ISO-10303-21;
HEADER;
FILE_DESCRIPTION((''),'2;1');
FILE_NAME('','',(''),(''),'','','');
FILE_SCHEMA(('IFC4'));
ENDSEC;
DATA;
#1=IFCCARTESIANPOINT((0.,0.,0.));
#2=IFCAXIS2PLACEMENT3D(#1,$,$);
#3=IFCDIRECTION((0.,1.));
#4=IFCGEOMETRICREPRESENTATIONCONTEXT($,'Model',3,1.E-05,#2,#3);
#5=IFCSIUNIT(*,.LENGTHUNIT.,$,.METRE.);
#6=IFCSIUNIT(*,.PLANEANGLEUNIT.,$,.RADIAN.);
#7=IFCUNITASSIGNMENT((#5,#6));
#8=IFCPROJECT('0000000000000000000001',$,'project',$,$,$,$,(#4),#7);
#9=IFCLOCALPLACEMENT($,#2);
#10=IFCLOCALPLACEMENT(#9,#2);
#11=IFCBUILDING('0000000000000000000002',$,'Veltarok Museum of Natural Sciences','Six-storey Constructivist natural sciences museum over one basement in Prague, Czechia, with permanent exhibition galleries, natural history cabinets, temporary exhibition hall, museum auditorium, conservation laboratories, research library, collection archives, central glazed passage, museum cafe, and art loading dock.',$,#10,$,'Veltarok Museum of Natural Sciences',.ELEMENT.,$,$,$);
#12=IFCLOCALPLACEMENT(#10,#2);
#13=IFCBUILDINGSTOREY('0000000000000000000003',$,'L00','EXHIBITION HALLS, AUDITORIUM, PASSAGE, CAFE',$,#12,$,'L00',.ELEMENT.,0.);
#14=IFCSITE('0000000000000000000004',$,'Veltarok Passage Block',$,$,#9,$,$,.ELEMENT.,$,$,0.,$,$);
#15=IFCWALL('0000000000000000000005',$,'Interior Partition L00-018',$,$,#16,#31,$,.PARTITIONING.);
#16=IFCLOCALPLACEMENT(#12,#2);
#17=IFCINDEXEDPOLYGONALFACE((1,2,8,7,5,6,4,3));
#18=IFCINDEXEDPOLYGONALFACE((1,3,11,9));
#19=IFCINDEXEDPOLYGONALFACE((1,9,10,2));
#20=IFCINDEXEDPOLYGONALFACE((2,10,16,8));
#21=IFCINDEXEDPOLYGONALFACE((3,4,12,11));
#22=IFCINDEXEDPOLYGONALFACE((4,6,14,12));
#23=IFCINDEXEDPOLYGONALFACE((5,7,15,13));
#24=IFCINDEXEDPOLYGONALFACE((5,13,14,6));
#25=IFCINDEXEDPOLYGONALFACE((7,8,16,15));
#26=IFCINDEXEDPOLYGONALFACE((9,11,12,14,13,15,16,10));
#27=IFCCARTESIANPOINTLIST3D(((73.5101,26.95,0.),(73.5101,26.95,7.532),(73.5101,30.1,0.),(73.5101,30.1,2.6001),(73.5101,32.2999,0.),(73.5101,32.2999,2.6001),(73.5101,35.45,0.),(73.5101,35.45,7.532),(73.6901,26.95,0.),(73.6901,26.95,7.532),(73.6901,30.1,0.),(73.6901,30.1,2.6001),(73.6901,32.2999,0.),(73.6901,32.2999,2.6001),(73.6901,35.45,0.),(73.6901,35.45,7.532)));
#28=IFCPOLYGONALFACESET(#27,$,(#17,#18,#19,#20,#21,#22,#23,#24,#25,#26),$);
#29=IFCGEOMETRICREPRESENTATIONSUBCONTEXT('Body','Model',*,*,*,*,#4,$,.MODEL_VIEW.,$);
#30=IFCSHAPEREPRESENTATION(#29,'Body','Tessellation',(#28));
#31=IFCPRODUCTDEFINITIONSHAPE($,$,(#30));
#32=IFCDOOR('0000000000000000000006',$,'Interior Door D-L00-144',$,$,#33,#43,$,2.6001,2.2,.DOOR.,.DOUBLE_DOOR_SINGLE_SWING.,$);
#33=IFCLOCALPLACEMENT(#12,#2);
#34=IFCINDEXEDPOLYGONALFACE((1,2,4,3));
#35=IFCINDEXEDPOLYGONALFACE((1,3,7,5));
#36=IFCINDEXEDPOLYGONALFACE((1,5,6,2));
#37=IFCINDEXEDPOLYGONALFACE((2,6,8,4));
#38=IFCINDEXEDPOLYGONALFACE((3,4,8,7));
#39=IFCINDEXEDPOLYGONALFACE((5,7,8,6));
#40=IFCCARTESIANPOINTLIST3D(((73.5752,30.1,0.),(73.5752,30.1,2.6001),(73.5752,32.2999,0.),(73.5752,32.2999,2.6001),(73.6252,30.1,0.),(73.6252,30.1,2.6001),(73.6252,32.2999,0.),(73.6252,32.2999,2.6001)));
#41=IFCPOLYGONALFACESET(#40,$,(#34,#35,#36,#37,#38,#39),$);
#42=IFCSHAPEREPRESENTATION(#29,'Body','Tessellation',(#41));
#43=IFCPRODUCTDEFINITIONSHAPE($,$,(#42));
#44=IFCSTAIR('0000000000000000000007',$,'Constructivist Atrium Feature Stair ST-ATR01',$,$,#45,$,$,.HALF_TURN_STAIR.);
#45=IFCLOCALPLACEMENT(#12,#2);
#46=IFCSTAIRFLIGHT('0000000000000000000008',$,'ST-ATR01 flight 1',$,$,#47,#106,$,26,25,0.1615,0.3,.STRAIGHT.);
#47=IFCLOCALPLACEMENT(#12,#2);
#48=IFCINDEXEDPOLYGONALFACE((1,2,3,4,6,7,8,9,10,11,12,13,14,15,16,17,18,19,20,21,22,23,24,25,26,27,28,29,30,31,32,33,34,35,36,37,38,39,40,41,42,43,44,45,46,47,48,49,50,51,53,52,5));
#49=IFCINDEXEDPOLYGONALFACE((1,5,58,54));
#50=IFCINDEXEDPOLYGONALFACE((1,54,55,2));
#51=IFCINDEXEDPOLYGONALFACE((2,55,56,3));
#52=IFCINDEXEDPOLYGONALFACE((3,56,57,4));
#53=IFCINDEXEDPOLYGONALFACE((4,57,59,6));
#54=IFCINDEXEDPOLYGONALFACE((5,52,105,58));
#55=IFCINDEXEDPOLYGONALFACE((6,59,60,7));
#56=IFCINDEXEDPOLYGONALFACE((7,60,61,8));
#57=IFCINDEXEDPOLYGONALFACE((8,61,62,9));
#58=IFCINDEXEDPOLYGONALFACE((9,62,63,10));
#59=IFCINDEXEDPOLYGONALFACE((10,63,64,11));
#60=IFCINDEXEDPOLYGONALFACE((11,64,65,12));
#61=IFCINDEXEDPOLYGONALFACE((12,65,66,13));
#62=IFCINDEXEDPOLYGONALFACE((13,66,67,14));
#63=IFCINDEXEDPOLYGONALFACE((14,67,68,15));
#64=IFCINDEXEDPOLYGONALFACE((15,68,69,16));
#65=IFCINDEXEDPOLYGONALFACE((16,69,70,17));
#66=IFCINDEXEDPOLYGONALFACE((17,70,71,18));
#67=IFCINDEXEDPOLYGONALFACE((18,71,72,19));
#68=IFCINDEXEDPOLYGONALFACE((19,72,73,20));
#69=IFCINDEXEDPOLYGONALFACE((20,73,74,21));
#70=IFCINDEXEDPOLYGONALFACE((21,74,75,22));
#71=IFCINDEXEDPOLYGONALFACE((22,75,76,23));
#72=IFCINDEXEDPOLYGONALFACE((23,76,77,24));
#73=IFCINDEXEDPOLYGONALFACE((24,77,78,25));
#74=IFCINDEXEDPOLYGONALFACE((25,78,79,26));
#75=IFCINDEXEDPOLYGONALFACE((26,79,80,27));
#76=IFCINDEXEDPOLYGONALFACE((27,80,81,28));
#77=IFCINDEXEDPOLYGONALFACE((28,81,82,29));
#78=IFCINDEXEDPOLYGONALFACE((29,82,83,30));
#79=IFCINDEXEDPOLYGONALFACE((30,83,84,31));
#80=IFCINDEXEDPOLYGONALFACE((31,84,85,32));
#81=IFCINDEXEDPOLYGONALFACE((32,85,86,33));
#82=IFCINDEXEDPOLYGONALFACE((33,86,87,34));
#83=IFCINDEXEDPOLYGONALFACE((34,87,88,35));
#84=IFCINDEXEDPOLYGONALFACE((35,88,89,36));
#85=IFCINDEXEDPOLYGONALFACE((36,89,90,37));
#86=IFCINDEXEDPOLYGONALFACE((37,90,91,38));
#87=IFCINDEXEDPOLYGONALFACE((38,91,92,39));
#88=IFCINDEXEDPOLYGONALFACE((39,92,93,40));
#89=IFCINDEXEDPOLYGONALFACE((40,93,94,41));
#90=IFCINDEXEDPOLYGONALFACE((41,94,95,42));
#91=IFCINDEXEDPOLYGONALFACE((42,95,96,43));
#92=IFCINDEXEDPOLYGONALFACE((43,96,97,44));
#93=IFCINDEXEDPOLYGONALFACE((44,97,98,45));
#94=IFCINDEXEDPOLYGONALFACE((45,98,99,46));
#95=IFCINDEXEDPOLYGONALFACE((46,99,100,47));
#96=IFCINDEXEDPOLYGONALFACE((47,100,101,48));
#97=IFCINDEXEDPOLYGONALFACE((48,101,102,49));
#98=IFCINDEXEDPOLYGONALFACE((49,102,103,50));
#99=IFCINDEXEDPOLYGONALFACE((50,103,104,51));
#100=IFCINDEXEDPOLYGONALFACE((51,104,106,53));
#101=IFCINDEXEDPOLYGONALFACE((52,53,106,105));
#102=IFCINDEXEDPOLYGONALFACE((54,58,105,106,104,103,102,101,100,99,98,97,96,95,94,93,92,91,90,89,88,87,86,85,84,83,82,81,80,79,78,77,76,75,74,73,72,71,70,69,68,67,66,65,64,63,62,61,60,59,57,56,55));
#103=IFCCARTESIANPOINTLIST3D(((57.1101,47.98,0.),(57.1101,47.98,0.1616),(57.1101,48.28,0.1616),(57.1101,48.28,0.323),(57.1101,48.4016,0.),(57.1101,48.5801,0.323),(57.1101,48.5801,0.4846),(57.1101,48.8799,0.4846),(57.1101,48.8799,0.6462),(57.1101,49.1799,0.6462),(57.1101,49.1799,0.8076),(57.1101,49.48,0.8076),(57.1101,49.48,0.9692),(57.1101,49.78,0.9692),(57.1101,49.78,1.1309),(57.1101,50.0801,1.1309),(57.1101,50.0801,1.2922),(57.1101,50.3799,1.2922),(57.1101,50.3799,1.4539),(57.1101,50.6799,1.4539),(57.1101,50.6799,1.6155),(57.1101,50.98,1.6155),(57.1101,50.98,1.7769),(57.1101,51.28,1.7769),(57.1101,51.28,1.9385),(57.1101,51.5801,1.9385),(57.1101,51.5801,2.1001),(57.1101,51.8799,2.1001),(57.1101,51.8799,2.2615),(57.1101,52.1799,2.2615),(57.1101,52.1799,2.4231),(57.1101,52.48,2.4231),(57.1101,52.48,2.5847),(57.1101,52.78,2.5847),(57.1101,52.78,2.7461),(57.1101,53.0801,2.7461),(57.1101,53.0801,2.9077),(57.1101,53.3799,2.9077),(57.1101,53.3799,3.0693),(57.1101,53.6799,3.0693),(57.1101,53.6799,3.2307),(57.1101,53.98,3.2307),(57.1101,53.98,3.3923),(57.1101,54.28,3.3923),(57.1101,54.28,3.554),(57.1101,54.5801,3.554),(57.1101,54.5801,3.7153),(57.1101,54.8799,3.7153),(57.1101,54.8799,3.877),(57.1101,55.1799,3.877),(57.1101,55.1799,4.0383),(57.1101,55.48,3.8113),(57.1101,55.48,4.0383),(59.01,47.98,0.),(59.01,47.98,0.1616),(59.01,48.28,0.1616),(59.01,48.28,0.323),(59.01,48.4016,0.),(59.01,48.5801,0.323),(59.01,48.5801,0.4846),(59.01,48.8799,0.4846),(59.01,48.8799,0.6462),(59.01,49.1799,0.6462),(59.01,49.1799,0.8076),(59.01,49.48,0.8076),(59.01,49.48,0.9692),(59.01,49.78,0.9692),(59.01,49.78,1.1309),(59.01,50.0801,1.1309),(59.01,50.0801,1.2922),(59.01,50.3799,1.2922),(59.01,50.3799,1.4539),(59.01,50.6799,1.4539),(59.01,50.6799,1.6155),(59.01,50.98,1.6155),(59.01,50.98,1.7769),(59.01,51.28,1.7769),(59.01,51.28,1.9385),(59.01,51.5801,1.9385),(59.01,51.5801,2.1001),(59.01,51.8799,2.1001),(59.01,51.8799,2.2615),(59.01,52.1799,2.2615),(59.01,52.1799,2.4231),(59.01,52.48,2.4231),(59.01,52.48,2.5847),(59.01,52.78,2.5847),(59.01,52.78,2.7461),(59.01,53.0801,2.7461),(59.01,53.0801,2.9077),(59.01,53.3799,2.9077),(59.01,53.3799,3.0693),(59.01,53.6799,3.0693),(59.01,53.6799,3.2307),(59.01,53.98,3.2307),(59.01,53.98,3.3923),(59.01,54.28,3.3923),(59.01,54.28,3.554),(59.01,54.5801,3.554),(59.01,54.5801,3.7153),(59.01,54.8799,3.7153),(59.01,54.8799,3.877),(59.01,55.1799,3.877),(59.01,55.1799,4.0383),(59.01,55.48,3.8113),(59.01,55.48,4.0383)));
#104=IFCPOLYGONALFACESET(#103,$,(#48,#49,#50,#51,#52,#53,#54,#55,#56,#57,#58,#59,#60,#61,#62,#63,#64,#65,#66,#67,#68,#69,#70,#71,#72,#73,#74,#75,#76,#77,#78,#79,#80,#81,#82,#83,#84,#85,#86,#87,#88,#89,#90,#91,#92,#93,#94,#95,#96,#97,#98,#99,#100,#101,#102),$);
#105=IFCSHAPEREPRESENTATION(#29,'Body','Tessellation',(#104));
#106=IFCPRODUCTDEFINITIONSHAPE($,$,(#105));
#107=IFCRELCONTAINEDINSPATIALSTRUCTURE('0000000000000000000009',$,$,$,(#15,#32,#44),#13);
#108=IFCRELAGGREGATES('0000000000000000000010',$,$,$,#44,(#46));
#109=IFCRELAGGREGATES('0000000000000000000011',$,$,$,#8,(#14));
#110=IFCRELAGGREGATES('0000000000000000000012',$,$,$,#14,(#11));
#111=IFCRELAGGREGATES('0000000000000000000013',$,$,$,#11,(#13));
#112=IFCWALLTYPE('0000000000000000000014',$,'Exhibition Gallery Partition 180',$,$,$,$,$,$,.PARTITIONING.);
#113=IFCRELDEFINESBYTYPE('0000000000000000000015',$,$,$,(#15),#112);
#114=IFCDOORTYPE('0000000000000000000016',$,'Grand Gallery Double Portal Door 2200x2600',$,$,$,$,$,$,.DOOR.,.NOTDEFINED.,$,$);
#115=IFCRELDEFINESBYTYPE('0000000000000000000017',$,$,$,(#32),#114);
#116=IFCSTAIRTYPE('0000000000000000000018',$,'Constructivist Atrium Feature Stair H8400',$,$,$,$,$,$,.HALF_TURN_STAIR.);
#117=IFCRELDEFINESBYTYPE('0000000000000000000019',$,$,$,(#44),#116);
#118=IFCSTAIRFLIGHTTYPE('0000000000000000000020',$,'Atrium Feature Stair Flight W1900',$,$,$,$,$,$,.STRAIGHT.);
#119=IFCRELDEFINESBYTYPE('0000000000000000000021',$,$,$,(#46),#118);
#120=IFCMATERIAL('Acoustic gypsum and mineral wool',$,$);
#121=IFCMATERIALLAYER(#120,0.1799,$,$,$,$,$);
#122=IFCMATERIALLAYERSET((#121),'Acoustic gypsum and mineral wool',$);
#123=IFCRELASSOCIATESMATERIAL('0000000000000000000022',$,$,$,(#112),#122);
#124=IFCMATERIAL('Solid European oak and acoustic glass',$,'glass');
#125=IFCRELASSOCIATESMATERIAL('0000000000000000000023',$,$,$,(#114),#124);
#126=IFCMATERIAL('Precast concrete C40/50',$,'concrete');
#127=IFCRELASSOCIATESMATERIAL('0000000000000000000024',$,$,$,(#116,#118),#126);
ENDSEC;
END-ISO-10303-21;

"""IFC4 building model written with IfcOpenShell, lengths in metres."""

from ifc_helpers import new_model, si_unit, direction, frame, frame_2d, origin, place, context, subcontext, project, spatial, polyline, rectangle, outline, extrude, material, layer, layer_set, type_object, element, fill, aggregate, save


model = new_model("IFC4")

# Units and contexts
model_context = context("Model", 3, precision=1e-05, world=origin(), true_north=direction((0.0, 1.0)))
body_context = subcontext(model_context, "Body", "Model", "MODEL_VIEW")
ifc_project = project(units=[si_unit("LENGTHUNIT", "METRE"), si_unit("PLANEANGLEUNIT", "RADIAN")], contexts=[model_context])

# Site, building, storey
site_placement = place(None, origin())
site = spatial("IfcSite", under=ifc_project, at=site_placement, Name="Veltarok Passage Block", CompositionType="ELEMENT", RefElevation=0.0)
building_placement = place(site_placement, origin())
building = spatial("IfcBuilding", under=site, at=building_placement, Name="Veltarok Museum of Natural Sciences", Description="Six-storey Constructivist natural sciences museum over one basement in Prague, Czechia, with permanent exhibition galleries, natural history cabinets, temporary exhibition hall, museum auditorium, conservation laboratories, research library, collection archives, central glazed passage, museum cafe, and art loading dock.", LongName="Veltarok Museum of Natural Sciences", CompositionType="ELEMENT")
storey_placement = place(building_placement, origin())
storey = spatial("IfcBuildingStorey", under=building, at=storey_placement, Name="L00", Description="EXHIBITION HALLS, AUDITORIUM, PASSAGE, CAFE", LongName="L00", CompositionType="ELEMENT", Elevation=0.0)

# Wall, opening, door
ifc_material_1 = material(Name="Acoustic gypsum and mineral wool")
ifc_layer = layer(ifc_material_1, 0.1799)
ifc_layer_set = layer_set([ifc_layer], Name="Acoustic gypsum and mineral wool")
wall_type = type_object("IfcWallType", Name="Exhibition Gallery Partition 180", PredefinedType="PARTITIONING", material=ifc_layer_set)
wall_placement = place(storey_placement, frame((73.6001, 26.95, 0.0), z_axis=(0.0, 0.0, 1.0), x_axis=(0.0, 1.0, 0.0)))
wall = element("IfcWall", 1, at=wall_placement, inside=storey, type_object=wall_type, Name="Interior Partition L00-018", PredefinedType="PARTITIONING", context=body_context, shape_type="SweptSolid", body=[
    extrude(rectangle(XDim=8.5, YDim=0.1799, at=frame_2d((4.25, 0.0))), origin(), (0.0, 0.0, 1.0), 7.532),
])
opening_placement = place(wall_placement, frame((3.1499, 0.0, 0.0)))
opening = element("IfcOpeningElement", 2, at=opening_placement, cuts=wall, PredefinedType="OPENING", context=body_context, shape_type="SweptSolid", body=[
    extrude(rectangle(XDim=2.2, YDim=2.6001, at=frame_2d((1.1001, 1.3))), frame((0.0, 0.1001, 0.0), z_axis=(0.0, -1.0, 0.0), x_axis=(1.0, 0.0, 0.0)), (0.0, 0.0, 1.0), 0.2),
])
ifc_material_2 = material(Name="Solid European oak and acoustic glass", Category="glass")
door_type = type_object("IfcDoorType", Name="Grand Gallery Double Portal Door 2200x2600", OperationType="NOTDEFINED", PredefinedType="DOOR", material=ifc_material_2)
door_placement = place(opening_placement, origin())
door = element("IfcDoor", 3, at=door_placement, inside=storey, type_object=door_type, Name="Interior Door D-L00-144", OperationType="DOUBLE_DOOR_SINGLE_SWING", OverallHeight=2.6001, OverallWidth=2.2, PredefinedType="DOOR", context=body_context, shape_type="SweptSolid", body=[
    extrude(rectangle(XDim=2.2, YDim=2.6001, at=frame_2d((1.1001, 1.3))), frame((0.0, 0.0249, 0.0), z_axis=(0.0, -1.0, 0.0), x_axis=(1.0, 0.0, 0.0)), (0.0, 0.0, 1.0), 0.05),
])
fill(opening, door)

# Stair, stair flight
ifc_material_3 = material(Name="Precast concrete C40/50", Category="concrete")
stair_type = type_object("IfcStairType", Name="Constructivist Atrium Feature Stair H8400", PredefinedType="HALF_TURN_STAIR", material=ifc_material_3)
stair_placement = place(storey_placement, origin())
stair = element("IfcStair", 4, at=stair_placement, inside=storey, type_object=stair_type, Name="Constructivist Atrium Feature Stair ST-ATR01", PredefinedType="HALF_TURN_STAIR")
stair_flight_type = type_object("IfcStairFlightType", Name="Atrium Feature Stair Flight W1900", PredefinedType="STRAIGHT", material=ifc_material_3)
stair_flight_placement = place(storey_placement, frame((58.0601, 47.98, 0.0), z_axis=(0.0, 0.0, 1.0), x_axis=(0.0, 1.0, 0.0)))
stair_flight = element("IfcStairFlight", 5, at=stair_flight_placement, type_object=stair_flight_type, Name="ST-ATR01 flight 1", NumberOfRisers=26, NumberOfTreads=25, PredefinedType="STRAIGHT", RiserHeight=0.1615, TreadLength=0.3, context=body_context, shape_type="SweptSolid", body=[
    extrude(outline(polyline([(0.0, 0.0), (0.0, 0.1616), (0.3, 0.1616), (0.3, 0.323), (0.6001, 0.323), (0.6001, 0.4846), (0.8999, 0.4846), (0.8999, 0.6462), (1.2, 0.6462), (1.2, 0.8076), (1.5, 0.8076), (1.5, 0.9692), (1.8, 0.9692), (1.8, 1.1309), (2.1001, 1.1309), (2.1001, 1.2922), (2.3999, 1.2922), (2.3999, 1.4539), (2.7, 1.4539), (2.7, 1.6155), (3.0, 1.6155), (3.0, 1.7769), (3.3, 1.7769), (3.3, 1.9385), (3.6001, 1.9385), (3.6001, 2.1001), (3.8999, 2.1001), (3.8999, 2.2615), (4.2, 2.2615), (4.2, 2.4231), (4.5, 2.4231), (4.5, 2.5847), (4.8, 2.5847), (4.8, 2.7461), (5.1001, 2.7461), (5.1001, 2.9077), (5.3999, 2.9077), (5.3999, 3.0693), (5.7, 3.0693), (5.7, 3.2307), (6.0, 3.2307), (6.0, 3.3923), (6.3, 3.3923), (6.3, 3.554), (6.6001, 3.554), (6.6001, 3.7153), (6.8999, 3.7153), (6.8999, 3.877), (7.2, 3.877), (7.2, 4.0383), (7.5, 4.0383), (7.5, 4.2), (7.5, 3.8113), (0.4216, 0.0), (0.0, 0.0)])), frame((0.0, 0.95, 0.0), z_axis=(0.0, -1.0, 0.0), x_axis=(1.0, 0.0, 0.0)), (0.0, 0.0, 1.0), 1.8999),
])
aggregate(stair, [stair_flight])

save(model, "model.ifc")
